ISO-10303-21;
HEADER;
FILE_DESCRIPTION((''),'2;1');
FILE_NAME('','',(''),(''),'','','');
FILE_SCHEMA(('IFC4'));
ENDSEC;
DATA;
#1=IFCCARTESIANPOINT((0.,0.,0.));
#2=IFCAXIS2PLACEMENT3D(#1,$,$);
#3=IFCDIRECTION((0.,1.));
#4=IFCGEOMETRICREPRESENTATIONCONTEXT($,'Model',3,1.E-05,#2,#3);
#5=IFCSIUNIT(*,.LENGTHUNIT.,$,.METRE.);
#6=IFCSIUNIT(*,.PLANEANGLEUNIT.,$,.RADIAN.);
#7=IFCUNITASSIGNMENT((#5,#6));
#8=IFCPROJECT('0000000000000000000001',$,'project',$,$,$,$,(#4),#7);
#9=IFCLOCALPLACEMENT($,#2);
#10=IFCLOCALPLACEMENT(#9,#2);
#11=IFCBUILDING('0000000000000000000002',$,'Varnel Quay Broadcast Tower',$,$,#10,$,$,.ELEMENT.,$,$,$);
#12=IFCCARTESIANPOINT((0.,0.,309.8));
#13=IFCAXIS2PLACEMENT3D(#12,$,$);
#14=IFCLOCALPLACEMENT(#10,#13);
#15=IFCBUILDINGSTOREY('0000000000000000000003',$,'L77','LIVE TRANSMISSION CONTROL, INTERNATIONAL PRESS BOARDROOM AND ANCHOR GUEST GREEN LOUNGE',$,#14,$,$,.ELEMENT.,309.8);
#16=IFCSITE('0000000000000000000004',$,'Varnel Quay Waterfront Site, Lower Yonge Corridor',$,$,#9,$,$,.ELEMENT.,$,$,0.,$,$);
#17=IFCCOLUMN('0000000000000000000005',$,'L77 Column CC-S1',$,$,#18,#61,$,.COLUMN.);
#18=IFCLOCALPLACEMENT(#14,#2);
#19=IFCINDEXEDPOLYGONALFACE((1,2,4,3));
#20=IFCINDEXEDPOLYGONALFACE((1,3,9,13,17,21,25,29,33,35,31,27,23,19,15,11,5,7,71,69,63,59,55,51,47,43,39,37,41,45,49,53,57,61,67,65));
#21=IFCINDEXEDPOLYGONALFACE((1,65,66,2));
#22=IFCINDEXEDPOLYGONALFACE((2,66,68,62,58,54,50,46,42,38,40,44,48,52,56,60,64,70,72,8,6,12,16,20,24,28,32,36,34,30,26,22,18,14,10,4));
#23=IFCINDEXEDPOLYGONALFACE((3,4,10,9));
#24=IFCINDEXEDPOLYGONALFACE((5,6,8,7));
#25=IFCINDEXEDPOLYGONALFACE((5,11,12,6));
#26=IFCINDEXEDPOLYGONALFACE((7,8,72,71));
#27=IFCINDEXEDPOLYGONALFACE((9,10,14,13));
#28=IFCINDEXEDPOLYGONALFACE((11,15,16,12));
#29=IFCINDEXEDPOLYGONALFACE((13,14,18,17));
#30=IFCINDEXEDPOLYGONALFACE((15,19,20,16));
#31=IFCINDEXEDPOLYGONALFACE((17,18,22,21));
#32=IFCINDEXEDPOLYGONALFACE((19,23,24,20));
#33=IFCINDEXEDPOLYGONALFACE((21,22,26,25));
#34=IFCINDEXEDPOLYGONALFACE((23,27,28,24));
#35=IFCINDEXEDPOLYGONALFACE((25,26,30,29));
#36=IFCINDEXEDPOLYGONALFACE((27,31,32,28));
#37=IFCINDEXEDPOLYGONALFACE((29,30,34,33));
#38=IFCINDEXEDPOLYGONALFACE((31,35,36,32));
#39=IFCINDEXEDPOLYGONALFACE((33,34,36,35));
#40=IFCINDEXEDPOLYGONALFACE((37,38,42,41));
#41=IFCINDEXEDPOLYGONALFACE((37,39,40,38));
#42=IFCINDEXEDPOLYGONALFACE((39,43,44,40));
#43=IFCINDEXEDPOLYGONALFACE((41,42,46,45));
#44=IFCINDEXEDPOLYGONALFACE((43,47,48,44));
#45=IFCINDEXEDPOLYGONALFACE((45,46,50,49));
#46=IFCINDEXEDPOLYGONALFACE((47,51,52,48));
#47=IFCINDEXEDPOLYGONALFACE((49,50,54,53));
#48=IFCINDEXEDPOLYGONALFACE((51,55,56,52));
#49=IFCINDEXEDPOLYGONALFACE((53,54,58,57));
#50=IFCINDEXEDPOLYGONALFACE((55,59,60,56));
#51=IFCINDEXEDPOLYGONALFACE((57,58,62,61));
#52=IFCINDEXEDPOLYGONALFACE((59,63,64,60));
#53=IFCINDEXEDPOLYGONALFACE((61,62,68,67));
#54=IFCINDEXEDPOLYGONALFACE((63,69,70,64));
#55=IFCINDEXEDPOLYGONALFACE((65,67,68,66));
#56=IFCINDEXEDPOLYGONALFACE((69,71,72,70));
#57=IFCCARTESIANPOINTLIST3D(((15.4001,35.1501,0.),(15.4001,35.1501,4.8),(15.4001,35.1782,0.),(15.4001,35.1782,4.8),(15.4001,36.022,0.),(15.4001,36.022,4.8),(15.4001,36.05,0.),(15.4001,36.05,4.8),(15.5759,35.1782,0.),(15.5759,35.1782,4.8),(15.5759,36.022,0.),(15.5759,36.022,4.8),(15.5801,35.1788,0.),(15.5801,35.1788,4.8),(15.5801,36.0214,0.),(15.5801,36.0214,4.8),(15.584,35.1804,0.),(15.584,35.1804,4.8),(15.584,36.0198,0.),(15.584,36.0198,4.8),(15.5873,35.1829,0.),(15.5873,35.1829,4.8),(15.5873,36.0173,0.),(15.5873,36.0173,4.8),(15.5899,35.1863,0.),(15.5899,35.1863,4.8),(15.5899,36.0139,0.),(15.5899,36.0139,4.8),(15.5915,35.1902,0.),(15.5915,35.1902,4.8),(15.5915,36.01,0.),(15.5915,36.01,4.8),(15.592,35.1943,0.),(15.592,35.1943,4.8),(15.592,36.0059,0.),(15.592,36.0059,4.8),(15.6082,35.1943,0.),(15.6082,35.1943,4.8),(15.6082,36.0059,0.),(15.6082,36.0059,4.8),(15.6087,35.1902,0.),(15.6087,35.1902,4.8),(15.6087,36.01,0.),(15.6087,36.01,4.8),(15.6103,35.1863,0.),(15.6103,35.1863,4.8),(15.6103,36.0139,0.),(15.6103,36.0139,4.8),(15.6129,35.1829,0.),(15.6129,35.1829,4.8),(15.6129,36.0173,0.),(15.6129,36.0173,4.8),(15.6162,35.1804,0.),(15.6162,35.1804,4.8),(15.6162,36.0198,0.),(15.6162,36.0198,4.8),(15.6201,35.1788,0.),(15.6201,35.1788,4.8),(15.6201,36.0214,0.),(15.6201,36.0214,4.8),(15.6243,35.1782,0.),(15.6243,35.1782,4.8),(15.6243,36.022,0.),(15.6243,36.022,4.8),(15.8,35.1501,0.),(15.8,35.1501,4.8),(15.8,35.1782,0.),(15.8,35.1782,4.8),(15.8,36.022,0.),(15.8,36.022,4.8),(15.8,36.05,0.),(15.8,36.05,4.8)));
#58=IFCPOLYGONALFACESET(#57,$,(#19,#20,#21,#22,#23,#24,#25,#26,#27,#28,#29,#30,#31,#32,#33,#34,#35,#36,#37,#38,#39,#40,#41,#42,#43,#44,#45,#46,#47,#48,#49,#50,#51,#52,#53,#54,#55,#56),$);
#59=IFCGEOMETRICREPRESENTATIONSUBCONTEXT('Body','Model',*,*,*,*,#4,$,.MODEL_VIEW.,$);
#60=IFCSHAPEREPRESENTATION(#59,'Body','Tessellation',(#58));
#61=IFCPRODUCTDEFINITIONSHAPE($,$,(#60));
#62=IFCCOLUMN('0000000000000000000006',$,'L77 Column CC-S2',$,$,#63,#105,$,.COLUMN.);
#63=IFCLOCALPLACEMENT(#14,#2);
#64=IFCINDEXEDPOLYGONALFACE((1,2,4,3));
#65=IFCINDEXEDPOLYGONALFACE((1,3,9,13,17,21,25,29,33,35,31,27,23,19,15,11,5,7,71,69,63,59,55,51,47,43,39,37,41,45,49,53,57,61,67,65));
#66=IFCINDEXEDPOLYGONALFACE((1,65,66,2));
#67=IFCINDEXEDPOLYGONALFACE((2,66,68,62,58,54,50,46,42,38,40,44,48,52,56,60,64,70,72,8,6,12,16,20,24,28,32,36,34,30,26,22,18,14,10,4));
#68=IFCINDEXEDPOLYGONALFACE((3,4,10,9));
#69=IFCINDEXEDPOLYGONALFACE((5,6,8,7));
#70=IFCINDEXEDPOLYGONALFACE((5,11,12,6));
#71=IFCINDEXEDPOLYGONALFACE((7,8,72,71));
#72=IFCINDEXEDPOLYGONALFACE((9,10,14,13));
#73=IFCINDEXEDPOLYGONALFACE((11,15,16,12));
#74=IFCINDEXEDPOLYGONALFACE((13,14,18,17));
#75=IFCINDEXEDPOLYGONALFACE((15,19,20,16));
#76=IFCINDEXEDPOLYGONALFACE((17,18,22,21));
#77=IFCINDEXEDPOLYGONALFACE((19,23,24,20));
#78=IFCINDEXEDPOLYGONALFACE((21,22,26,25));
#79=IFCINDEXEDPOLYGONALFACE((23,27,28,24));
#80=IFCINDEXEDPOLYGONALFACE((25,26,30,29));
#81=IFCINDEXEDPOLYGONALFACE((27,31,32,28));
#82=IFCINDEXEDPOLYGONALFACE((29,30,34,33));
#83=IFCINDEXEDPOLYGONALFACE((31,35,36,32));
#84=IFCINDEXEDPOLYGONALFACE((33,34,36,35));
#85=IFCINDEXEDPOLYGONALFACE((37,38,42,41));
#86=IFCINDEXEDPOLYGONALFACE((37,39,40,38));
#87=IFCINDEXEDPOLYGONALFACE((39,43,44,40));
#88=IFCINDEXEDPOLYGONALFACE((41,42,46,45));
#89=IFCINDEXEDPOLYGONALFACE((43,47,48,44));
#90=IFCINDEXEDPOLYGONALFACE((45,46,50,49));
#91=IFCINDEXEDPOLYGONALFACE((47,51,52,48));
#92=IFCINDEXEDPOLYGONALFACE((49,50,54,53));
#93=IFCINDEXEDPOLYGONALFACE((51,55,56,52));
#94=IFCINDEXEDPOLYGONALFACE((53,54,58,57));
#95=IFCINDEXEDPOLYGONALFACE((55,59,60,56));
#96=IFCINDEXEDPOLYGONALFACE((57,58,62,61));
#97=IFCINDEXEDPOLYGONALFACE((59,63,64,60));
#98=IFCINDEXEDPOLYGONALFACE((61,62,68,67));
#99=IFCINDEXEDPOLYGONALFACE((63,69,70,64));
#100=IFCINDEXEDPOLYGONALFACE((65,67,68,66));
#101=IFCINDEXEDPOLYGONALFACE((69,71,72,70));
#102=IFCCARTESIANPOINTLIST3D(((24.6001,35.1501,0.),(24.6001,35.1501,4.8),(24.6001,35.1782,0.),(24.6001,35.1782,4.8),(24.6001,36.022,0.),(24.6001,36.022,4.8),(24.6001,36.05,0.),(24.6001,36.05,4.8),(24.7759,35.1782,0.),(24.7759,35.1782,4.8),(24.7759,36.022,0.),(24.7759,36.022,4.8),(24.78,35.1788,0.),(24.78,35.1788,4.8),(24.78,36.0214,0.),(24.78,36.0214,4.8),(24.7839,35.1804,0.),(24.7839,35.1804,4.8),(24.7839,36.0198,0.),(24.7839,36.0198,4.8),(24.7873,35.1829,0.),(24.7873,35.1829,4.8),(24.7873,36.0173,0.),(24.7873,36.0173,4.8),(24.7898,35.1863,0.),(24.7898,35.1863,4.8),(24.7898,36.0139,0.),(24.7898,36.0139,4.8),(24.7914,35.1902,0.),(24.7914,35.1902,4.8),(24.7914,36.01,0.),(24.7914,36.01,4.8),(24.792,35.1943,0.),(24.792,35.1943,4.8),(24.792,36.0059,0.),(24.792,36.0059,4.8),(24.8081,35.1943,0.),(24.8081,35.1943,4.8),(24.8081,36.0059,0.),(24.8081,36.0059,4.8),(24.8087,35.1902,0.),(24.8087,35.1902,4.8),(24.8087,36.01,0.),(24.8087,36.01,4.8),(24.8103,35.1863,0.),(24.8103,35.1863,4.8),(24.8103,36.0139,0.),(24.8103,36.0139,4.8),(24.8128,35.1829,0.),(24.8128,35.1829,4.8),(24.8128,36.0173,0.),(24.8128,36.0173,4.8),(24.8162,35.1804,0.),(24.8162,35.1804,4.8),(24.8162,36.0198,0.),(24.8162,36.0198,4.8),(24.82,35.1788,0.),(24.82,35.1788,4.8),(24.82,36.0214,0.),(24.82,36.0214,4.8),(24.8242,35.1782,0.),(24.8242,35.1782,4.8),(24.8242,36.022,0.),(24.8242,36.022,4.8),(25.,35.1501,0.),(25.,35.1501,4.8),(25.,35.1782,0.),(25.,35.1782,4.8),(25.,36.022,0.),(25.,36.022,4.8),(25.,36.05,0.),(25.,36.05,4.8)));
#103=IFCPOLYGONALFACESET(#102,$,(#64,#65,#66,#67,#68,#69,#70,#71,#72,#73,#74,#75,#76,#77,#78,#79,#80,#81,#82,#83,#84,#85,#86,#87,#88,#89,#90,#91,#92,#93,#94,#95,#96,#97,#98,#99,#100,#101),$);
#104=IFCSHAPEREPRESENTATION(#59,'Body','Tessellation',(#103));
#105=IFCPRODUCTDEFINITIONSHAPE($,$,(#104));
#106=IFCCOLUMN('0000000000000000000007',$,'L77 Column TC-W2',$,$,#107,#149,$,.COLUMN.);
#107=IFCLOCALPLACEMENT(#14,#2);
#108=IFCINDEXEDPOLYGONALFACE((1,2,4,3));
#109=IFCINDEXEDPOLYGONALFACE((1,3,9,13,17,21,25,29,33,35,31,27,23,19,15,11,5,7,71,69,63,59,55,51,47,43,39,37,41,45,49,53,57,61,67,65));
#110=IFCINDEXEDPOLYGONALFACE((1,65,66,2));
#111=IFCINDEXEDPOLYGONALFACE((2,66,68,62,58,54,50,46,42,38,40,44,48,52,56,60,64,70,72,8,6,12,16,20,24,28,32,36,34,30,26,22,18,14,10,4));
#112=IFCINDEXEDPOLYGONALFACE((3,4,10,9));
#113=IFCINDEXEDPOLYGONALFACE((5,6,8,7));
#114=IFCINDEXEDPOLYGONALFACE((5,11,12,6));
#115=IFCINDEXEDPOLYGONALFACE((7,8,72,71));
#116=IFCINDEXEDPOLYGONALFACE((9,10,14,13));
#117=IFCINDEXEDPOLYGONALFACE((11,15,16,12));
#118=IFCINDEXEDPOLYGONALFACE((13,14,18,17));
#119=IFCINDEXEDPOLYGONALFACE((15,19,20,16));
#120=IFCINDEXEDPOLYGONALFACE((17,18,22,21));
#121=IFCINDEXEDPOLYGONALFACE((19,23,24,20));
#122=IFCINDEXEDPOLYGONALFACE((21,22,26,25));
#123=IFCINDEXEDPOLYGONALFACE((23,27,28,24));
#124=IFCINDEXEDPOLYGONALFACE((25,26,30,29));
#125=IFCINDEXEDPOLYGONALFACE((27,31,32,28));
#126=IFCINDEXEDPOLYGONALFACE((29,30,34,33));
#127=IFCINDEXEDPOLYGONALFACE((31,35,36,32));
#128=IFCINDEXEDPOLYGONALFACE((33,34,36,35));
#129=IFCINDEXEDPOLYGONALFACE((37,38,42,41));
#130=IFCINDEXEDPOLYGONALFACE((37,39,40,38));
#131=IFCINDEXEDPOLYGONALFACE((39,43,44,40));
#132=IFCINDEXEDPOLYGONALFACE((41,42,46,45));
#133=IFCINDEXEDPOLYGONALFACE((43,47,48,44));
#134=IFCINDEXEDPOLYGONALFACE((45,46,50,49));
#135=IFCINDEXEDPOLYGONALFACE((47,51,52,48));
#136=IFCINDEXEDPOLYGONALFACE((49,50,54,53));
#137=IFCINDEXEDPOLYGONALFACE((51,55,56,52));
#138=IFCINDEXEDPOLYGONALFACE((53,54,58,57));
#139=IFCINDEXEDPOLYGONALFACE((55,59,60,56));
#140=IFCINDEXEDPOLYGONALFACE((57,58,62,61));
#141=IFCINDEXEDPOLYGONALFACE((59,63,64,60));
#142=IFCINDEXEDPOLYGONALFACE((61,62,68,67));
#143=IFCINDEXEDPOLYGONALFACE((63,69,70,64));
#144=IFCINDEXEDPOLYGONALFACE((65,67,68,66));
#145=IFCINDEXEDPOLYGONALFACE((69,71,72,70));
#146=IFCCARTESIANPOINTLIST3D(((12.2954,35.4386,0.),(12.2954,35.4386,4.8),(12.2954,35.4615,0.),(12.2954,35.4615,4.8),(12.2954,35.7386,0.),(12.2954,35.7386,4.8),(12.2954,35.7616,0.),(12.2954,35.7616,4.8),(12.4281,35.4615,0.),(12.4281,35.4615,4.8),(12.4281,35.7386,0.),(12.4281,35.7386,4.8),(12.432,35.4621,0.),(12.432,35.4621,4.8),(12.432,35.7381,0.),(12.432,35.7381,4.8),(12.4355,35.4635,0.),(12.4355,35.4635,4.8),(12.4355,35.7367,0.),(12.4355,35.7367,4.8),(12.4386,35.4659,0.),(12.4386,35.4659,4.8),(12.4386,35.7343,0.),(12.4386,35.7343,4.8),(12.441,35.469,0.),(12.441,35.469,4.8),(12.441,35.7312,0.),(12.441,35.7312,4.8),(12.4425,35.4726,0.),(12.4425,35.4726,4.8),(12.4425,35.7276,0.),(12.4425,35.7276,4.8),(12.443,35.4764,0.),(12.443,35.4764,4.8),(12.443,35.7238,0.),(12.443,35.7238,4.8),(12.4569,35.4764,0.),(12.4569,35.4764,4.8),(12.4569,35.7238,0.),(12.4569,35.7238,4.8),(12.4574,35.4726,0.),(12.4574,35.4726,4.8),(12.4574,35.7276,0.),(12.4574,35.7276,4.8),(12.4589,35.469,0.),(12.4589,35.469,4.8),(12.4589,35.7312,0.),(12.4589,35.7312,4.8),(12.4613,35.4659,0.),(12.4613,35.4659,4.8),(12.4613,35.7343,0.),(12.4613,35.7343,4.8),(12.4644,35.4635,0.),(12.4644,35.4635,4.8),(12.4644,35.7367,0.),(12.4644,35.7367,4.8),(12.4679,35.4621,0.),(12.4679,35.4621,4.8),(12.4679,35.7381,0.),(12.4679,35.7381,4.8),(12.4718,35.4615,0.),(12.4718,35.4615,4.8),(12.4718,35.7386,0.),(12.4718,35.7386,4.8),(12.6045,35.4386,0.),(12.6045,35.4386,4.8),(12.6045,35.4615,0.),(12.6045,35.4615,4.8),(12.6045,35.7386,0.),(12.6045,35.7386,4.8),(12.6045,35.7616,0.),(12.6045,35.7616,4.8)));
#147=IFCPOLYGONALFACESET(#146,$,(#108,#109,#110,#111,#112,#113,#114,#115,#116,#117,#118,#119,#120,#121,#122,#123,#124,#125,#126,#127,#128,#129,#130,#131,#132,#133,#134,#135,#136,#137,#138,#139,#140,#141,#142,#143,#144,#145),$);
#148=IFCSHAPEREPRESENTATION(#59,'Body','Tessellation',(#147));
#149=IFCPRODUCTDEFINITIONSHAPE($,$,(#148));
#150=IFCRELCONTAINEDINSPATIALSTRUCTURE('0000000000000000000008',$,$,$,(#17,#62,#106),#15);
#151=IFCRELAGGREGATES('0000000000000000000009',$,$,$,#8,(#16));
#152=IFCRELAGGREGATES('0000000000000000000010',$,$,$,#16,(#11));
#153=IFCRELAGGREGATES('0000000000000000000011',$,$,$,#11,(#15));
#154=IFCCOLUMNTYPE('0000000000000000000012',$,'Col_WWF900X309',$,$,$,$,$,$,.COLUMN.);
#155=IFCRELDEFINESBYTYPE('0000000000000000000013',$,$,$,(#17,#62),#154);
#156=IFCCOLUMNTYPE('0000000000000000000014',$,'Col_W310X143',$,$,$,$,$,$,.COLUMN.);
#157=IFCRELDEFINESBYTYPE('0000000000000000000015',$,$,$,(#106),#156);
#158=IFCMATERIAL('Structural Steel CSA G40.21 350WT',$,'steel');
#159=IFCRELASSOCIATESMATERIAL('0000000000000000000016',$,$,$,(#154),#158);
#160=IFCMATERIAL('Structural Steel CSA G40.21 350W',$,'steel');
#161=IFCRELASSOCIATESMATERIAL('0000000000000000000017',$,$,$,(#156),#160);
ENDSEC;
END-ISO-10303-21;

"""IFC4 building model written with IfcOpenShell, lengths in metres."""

from ifc_helpers import new_model, si_unit, direction, frame, origin, origin_2d, place, context, subcontext, project, spatial, i_section, extrude, source, transform, mapped, material, material_profile, profile_set, type_object, type_shapes, element, save


model = new_model("IFC4")

# Units and contexts
model_context = context("Model", 3, precision=1e-05, world=origin(), true_north=direction((0.0, 1.0)))
body_context = subcontext(model_context, "Body", "Model", "MODEL_VIEW")
ifc_project = project(units=[si_unit("LENGTHUNIT", "METRE"), si_unit("PLANEANGLEUNIT", "RADIAN")], contexts=[model_context])

# Site, building, storey
site_placement = place(None, origin())
site = spatial("IfcSite", under=ifc_project, at=site_placement, Name="Varnel Quay Waterfront Site, Lower Yonge Corridor", CompositionType="ELEMENT", RefElevation=0.0)
building_placement = place(site_placement, origin())
building = spatial("IfcBuilding", under=site, at=building_placement, Name="Varnel Quay Broadcast Tower", CompositionType="ELEMENT")
storey_placement = place(building_placement, frame((0.0, 0.0, 309.8)))
storey = spatial("IfcBuildingStorey", under=building, at=storey_placement, Name="L77", Description="LIVE TRANSMISSION CONTROL, INTERNATIONAL PRESS BOARDROOM AND ANCHOR GUEST GREEN LOUNGE", CompositionType="ELEMENT", Elevation=309.8)

# Columns
ifc_material_1 = material(Name="Structural Steel CSA G40.21 350WT", Category="steel")
ifc_material_profile_1 = material_profile(ifc_material_1, i_section(OverallWidth=0.3999, OverallDepth=0.8999, WebThickness=0.0161, FlangeThickness=0.0281, FilletRadius=0.0161, at=origin_2d()), Name="WWF900X309")
ifc_profile_set_1 = profile_set([ifc_material_profile_1], Name="Structural Steel CSA G40.21 350WT")
column_type_1 = type_object("IfcColumnType", Name="Col_WWF900X309", PredefinedType="COLUMN", material=ifc_profile_set_1)
shared_shape_1 = source(origin(), body_context, "Body", "SweptSolid", [
    extrude(i_section(OverallWidth=0.3999, OverallDepth=0.8999, WebThickness=0.0161, FlangeThickness=0.0281, FilletRadius=0.0161, at=origin_2d()), origin(), (0.0, 0.0, 1.0), 4.8),
])
type_shapes(column_type_1, [shared_shape_1])
for number, where, z_axis, x_axis, name in (
    (1, (15.6001, 35.6001, 0.0), (0.0, 0.0, 1.0), (1.0, 0.0, 0.0), "L77 Column CC-S1"),
    (2, (24.8, 35.6001, 0.0), (0.0, 0.0, 1.0), (1.0, 0.0, 0.0), "L77 Column CC-S2"),
):
    element("IfcColumn", number, at=place(storey_placement, frame(where, z_axis=z_axis, x_axis=x_axis)), inside=storey, type_object=column_type_1, Name=name, PredefinedType="COLUMN", context=body_context, shape_type="MappedRepresentation", body=[
        mapped(shared_shape_1, transform((0.0, 0.0, 0.0), x_axis=(1.0, 0.0, 0.0), y_axis=(0.0, 1.0, 0.0), z_axis=(0.0, 0.0, 1.0), scale=1.0)),
    ])
ifc_material_2 = material(Name="Structural Steel CSA G40.21 350W", Category="steel")
ifc_material_profile_2 = material_profile(ifc_material_2, i_section(OverallWidth=0.3091, OverallDepth=0.323, WebThickness=0.0139, FlangeThickness=0.0229, FilletRadius=0.0149, at=origin_2d()), Name="W310X143")
ifc_profile_set_2 = profile_set([ifc_material_profile_2], Name="Structural Steel CSA G40.21 350W")
column_type_2 = type_object("IfcColumnType", Name="Col_W310X143", PredefinedType="COLUMN", material=ifc_profile_set_2)
shared_shape_2 = source(origin(), body_context, "Body", "SweptSolid", [
    extrude(i_section(OverallWidth=0.3091, OverallDepth=0.323, WebThickness=0.0139, FlangeThickness=0.0229, FilletRadius=0.0149, at=origin_2d()), origin(), (0.0, 0.0, 1.0), 4.8),
])
type_shapes(column_type_2, [shared_shape_2])
column_1_placement = place(storey_placement, frame((12.45, 35.6001, 0.0), z_axis=(0.0, 0.0, 1.0), x_axis=(1.0, 0.0, 0.0)))
element("IfcColumn", 3, at=column_1_placement, inside=storey, type_object=column_type_2, Name="L77 Column TC-W2", PredefinedType="COLUMN", context=body_context, shape_type="MappedRepresentation", body=[
    mapped(shared_shape_2, transform((0.0, 0.0, 0.0), x_axis=(1.0, 0.0, 0.0), y_axis=(0.0, 1.0, 0.0), z_axis=(0.0, 0.0, 1.0), scale=1.0)),
])

save(model, "model.ifc")
